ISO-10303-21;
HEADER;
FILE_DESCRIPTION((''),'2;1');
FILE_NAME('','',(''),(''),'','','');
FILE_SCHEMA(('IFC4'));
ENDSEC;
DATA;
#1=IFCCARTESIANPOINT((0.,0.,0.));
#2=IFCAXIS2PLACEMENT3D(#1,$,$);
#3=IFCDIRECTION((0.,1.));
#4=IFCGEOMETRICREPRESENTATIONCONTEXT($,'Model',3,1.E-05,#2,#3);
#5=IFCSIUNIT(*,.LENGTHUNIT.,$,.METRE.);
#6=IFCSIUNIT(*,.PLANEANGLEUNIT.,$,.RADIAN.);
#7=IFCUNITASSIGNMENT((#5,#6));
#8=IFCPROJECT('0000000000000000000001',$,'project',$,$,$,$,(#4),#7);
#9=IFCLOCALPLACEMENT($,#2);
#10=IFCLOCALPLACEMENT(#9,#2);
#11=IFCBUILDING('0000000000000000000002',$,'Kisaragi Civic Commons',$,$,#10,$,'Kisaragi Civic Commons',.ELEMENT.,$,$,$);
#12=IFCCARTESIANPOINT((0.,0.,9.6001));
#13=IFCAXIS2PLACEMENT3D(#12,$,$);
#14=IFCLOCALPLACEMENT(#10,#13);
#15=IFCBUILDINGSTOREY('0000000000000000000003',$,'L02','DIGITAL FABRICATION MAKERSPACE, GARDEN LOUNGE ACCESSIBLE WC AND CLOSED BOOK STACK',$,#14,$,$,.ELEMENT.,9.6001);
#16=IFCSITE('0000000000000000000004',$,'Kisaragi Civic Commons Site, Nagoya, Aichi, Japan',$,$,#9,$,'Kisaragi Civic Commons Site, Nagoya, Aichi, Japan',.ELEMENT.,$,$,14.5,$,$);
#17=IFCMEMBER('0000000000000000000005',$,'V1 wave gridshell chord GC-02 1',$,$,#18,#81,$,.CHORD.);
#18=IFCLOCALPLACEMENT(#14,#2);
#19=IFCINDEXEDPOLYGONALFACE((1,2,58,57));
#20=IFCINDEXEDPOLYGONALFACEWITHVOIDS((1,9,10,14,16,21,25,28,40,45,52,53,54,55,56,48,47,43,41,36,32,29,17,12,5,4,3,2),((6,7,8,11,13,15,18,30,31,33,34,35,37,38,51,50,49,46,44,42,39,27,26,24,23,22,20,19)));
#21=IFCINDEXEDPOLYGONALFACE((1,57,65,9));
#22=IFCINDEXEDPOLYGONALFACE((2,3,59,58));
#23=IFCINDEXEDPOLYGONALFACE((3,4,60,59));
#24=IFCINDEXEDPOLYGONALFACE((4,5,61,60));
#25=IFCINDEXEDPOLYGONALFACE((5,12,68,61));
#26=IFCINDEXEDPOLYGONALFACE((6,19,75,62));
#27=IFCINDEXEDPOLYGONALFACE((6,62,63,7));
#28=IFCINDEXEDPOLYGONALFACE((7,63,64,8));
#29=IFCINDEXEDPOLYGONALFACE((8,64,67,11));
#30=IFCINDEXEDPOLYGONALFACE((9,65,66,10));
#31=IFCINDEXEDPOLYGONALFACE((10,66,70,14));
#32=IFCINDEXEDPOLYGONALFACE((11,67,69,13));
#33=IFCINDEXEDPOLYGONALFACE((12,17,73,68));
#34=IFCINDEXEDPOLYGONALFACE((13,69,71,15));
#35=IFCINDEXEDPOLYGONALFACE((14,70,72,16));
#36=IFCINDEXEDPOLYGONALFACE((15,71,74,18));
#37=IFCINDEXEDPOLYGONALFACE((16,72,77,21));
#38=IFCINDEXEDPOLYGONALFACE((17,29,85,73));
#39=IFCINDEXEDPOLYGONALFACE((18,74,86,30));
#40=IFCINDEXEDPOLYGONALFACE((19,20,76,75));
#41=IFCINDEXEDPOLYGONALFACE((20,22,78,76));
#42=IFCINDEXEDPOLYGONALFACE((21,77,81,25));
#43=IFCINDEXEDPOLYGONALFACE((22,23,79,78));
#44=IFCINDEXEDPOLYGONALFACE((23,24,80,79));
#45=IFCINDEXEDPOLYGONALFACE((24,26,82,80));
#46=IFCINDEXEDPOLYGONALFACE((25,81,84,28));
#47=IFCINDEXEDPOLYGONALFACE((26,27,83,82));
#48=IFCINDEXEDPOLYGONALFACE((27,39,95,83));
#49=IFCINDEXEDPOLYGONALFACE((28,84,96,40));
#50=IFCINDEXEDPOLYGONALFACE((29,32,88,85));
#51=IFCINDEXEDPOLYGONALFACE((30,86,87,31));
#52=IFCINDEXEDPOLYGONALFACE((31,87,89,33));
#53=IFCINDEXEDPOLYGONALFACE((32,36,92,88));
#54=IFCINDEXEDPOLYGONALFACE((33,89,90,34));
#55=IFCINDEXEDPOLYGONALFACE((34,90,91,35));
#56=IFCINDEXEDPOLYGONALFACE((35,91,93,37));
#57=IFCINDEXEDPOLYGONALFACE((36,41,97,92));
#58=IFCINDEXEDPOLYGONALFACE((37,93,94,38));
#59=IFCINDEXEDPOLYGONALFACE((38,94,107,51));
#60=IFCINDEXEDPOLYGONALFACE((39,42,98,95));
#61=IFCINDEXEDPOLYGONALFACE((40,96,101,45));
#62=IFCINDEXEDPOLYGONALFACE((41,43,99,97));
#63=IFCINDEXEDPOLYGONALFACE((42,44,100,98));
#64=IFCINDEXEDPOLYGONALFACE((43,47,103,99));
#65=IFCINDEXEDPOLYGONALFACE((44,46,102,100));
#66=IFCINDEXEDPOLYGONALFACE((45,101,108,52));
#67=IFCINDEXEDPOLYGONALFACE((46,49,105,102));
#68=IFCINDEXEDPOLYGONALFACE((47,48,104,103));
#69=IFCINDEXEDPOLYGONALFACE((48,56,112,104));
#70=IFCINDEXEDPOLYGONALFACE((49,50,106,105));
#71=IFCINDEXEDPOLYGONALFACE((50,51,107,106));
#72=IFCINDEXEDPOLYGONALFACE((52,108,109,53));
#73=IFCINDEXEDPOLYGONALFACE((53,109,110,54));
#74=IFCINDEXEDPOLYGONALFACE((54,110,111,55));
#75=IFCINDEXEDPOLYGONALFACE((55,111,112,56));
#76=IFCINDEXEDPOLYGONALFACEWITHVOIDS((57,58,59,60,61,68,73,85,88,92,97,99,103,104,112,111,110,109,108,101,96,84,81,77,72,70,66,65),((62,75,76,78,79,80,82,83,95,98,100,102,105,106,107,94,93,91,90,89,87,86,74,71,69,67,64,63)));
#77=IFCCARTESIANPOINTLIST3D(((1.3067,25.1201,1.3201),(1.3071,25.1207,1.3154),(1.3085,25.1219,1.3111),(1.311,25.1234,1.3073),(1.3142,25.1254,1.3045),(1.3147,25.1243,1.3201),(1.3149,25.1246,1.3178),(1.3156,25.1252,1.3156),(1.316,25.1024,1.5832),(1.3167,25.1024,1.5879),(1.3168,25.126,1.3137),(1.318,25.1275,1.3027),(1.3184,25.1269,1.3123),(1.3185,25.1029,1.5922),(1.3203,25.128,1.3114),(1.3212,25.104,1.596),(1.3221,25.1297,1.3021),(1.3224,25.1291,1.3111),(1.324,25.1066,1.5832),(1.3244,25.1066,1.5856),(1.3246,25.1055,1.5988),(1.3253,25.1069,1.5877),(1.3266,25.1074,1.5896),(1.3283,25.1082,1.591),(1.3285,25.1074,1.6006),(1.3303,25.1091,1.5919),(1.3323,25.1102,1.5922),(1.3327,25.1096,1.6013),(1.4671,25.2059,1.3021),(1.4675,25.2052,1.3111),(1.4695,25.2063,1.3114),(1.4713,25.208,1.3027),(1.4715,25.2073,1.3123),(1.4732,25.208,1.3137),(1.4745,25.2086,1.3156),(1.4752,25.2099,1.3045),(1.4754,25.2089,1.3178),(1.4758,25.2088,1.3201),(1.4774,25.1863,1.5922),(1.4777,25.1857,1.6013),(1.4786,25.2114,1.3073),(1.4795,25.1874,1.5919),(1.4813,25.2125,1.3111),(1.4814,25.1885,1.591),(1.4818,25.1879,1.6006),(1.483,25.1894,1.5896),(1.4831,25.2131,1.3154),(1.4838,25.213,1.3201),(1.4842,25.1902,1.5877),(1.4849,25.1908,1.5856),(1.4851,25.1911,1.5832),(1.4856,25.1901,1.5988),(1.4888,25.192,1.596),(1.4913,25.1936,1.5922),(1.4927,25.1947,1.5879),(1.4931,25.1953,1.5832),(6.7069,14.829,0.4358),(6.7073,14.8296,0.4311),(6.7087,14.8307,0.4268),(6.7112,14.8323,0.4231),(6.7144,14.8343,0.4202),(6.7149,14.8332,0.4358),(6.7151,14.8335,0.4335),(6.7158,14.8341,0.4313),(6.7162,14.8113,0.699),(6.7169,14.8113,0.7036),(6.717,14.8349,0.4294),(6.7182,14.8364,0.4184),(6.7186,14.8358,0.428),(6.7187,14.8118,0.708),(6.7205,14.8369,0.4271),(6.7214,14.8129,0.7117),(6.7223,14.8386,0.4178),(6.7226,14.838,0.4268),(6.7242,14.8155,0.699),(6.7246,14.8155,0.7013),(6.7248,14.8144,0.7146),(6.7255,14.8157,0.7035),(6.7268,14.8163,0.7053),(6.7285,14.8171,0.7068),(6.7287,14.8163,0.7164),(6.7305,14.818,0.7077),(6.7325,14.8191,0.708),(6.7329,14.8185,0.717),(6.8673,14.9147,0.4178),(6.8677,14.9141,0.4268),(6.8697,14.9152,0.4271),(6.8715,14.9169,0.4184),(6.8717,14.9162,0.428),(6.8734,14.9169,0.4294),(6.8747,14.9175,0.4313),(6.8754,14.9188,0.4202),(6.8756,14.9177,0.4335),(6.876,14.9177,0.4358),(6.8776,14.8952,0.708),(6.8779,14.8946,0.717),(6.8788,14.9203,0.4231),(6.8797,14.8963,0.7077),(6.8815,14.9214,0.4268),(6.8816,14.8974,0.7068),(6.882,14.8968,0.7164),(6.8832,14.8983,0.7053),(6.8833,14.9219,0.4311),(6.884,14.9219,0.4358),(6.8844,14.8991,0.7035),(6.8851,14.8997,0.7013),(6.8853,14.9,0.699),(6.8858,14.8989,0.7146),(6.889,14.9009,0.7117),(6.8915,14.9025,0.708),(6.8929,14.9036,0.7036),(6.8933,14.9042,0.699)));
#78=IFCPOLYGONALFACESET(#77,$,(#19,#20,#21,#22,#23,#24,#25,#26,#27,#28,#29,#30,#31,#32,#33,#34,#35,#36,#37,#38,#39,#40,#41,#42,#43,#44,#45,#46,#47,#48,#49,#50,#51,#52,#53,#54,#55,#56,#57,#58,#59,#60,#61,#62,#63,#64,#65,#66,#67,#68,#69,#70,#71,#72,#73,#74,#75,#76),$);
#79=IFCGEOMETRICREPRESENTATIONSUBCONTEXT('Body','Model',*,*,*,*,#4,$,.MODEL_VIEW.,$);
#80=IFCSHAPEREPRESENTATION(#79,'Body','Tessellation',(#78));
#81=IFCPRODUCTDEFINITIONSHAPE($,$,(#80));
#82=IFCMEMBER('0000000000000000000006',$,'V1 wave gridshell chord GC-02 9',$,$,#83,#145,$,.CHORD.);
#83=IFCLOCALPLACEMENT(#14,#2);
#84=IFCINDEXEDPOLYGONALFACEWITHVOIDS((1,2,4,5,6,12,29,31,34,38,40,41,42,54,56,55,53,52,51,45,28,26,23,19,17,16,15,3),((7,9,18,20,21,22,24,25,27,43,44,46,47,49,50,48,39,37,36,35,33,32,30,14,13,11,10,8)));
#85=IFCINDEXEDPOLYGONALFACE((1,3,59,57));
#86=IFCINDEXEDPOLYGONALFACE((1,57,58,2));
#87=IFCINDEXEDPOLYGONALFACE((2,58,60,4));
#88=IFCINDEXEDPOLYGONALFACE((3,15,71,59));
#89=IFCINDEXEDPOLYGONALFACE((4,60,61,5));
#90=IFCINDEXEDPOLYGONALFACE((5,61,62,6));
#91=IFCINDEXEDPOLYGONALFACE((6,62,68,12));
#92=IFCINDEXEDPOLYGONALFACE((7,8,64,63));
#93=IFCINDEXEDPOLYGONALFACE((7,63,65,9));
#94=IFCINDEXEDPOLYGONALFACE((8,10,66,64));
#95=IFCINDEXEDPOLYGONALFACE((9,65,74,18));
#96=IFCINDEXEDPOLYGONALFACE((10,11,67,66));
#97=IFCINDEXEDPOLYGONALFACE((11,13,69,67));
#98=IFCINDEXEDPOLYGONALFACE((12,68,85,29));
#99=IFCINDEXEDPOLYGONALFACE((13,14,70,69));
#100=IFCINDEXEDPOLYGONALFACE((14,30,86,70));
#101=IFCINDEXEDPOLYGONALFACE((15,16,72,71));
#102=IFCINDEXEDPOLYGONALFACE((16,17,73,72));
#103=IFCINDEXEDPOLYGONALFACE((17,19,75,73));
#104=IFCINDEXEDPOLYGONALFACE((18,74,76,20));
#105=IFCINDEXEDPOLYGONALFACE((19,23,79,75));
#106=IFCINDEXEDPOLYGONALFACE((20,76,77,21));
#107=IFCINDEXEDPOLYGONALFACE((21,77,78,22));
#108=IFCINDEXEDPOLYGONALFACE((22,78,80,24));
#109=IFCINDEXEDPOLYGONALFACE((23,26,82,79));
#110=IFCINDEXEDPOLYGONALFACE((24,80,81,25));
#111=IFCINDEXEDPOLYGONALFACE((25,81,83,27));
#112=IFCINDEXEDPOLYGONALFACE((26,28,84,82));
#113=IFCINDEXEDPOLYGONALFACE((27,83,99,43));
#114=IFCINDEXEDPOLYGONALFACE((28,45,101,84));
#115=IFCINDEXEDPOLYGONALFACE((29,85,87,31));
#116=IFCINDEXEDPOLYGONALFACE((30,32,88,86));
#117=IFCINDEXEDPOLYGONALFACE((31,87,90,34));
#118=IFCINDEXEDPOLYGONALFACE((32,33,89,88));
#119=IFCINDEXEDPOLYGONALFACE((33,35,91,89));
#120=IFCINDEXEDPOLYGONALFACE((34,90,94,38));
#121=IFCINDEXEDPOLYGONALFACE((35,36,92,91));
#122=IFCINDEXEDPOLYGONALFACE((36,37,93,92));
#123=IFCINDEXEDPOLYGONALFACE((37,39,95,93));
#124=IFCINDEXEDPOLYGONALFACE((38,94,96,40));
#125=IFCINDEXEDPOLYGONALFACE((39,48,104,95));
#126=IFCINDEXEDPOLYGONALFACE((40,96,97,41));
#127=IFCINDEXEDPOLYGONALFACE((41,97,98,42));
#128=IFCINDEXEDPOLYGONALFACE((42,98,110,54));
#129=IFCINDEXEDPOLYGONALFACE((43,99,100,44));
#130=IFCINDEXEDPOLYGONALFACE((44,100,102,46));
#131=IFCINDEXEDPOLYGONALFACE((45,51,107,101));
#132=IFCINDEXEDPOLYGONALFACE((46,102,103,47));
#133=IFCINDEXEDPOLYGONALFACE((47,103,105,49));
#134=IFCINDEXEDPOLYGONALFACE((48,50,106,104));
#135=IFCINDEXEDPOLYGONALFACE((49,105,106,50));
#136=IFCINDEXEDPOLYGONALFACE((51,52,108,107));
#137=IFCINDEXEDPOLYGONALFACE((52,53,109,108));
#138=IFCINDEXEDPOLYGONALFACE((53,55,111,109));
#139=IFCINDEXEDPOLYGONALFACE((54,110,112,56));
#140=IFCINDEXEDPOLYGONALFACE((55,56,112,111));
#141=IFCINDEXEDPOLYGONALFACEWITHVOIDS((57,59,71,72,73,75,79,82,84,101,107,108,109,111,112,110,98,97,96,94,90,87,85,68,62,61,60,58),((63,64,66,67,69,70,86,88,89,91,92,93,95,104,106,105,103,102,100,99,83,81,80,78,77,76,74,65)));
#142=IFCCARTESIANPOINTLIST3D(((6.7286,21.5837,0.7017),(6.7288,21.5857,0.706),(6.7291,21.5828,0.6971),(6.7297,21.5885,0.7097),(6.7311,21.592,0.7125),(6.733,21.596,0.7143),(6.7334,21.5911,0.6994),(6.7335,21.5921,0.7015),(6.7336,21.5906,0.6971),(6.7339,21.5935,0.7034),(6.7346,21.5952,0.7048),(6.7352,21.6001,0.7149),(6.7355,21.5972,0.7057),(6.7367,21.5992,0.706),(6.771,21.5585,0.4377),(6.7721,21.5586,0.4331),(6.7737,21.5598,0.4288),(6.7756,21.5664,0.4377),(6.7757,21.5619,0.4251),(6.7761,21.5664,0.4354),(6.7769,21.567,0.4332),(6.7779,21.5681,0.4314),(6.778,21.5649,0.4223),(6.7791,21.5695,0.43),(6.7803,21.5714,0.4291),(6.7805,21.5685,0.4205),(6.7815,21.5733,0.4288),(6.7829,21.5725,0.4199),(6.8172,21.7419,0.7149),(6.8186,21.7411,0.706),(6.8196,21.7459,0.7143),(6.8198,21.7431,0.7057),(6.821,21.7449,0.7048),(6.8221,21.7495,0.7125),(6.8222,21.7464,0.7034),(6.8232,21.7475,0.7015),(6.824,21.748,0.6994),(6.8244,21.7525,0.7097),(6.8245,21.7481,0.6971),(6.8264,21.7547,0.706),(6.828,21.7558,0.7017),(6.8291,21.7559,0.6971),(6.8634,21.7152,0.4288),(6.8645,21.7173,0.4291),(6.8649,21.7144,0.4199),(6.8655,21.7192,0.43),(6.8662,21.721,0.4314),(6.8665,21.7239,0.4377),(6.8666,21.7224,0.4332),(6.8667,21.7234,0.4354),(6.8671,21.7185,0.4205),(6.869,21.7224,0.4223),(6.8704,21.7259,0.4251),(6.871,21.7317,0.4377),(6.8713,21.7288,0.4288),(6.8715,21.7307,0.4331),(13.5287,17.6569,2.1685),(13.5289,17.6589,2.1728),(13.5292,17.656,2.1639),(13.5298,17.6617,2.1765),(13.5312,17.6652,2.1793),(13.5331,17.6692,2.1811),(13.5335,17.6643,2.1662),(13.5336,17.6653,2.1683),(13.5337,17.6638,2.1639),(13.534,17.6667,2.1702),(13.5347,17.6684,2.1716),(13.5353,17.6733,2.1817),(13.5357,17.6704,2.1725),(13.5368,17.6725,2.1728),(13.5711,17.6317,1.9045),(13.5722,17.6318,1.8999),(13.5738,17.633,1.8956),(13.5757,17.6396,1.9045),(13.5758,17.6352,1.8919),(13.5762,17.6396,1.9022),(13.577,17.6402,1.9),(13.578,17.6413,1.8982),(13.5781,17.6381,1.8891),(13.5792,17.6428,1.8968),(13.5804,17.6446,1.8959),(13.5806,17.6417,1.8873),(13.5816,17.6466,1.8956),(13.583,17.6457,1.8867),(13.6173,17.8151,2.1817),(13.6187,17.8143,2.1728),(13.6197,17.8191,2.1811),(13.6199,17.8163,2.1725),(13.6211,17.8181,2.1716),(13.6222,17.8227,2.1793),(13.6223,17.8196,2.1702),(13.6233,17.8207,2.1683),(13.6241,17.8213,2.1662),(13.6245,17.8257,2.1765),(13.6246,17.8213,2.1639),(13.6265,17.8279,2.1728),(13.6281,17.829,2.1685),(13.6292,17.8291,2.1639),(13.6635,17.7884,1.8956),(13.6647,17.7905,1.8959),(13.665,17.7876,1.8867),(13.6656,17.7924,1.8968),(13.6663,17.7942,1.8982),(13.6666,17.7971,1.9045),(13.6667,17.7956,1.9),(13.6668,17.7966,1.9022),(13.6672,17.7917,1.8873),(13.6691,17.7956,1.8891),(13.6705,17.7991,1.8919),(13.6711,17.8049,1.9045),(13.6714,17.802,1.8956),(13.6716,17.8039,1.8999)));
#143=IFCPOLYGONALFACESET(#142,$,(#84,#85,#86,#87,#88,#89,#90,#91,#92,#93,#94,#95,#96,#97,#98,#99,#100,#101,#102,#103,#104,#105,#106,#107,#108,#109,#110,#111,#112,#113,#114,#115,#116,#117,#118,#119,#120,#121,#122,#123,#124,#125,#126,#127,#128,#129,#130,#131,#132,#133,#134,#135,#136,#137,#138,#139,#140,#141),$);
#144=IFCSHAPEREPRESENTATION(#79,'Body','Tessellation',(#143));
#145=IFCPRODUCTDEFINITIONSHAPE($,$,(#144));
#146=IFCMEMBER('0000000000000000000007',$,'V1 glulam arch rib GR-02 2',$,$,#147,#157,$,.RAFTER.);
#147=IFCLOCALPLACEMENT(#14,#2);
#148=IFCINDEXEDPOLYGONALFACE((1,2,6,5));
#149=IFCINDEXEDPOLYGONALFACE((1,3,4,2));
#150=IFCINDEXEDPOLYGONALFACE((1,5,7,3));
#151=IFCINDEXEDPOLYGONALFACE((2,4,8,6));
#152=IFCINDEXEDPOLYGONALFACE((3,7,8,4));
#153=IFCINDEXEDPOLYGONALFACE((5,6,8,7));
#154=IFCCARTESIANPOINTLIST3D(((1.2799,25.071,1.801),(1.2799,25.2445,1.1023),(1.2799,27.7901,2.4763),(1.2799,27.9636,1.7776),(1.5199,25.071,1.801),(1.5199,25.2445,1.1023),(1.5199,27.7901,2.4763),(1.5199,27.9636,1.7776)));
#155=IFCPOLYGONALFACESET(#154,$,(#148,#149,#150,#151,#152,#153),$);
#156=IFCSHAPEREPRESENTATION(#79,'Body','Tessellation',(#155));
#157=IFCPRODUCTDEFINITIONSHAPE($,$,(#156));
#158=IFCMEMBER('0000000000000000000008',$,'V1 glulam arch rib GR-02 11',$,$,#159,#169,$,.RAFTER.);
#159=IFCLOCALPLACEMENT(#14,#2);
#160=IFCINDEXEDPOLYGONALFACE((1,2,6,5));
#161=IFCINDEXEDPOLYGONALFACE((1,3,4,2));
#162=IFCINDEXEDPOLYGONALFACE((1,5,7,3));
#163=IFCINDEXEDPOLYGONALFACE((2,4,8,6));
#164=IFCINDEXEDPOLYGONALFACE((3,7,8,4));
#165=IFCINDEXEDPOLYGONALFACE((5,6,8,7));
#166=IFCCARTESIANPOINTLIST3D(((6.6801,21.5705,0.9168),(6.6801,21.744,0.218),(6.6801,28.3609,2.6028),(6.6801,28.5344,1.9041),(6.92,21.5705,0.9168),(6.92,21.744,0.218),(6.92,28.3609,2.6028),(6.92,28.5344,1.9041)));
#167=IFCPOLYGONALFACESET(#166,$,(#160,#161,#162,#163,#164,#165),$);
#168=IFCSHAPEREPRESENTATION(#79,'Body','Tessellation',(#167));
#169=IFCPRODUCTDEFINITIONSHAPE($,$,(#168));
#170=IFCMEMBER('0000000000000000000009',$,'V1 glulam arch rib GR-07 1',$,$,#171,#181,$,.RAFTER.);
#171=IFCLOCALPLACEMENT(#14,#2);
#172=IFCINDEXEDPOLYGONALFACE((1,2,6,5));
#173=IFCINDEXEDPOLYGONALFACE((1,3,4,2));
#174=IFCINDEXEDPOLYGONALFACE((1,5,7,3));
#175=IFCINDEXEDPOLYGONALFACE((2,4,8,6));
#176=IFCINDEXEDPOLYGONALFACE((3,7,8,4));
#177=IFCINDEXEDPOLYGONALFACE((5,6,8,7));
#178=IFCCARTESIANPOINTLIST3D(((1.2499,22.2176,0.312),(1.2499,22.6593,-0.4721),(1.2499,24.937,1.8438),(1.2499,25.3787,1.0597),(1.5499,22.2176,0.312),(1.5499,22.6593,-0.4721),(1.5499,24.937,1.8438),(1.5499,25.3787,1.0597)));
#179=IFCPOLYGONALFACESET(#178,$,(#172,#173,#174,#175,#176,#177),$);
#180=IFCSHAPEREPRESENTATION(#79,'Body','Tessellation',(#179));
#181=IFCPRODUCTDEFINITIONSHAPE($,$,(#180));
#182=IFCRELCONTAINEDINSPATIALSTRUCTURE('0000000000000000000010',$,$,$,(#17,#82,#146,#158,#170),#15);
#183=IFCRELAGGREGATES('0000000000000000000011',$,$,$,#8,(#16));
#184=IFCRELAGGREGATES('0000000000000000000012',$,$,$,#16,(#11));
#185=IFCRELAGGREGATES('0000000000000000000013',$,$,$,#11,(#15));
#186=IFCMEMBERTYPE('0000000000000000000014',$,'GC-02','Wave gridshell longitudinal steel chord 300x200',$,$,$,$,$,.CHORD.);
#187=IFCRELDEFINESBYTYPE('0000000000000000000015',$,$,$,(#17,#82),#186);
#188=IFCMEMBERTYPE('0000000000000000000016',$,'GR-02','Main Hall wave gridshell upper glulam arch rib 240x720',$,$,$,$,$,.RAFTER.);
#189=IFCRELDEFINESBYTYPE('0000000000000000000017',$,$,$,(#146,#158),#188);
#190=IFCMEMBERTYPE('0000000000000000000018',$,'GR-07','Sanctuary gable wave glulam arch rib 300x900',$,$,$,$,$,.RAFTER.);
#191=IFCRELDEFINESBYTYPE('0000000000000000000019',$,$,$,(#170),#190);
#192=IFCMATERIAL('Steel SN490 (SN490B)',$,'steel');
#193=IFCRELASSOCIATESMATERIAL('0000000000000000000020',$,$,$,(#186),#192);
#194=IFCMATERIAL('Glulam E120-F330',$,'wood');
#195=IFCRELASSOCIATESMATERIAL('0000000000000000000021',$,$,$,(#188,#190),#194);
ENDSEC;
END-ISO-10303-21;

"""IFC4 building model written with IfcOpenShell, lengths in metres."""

from ifc_helpers import new_model, si_unit, direction, frame, origin, origin_2d, place, context, subcontext, project, spatial, rectangle, hollow_rectangle, extrude, material, material_profile, profile_set, type_object, element, save


model = new_model("IFC4")

# Units and contexts
model_context = context("Model", 3, precision=1e-05, world=origin(), true_north=direction((0.0, 1.0)))
body_context = subcontext(model_context, "Body", "Model", "MODEL_VIEW")
ifc_project = project(units=[si_unit("LENGTHUNIT", "METRE"), si_unit("PLANEANGLEUNIT", "RADIAN")], contexts=[model_context])

# Site, building, storey
site_placement = place(None, origin())
site = spatial("IfcSite", under=ifc_project, at=site_placement, Name="Kisaragi Civic Commons Site, Nagoya, Aichi, Japan", LongName="Kisaragi Civic Commons Site, Nagoya, Aichi, Japan", CompositionType="ELEMENT", RefElevation=14.5)
building_placement = place(site_placement, origin())
building = spatial("IfcBuilding", under=site, at=building_placement, Name="Kisaragi Civic Commons", LongName="Kisaragi Civic Commons", CompositionType="ELEMENT")
storey_placement = place(building_placement, frame((0.0, 0.0, 9.6001)))
storey = spatial("IfcBuildingStorey", under=building, at=storey_placement, Name="L02", Description="DIGITAL FABRICATION MAKERSPACE, GARDEN LOUNGE ACCESSIBLE WC AND CLOSED BOOK STACK", CompositionType="ELEMENT", Elevation=9.6001)

# Members
ifc_material_1 = material(Name="Steel SN490 (SN490B)", Category="steel")
ifc_material_profile_1 = material_profile(ifc_material_1, hollow_rectangle(XDim=0.2, YDim=0.3, WallThickness=0.009, InnerFilletRadius=0.009, OuterFilletRadius=0.0181, at=origin_2d()), Name="STKR-300x200x9", Category="steel")
ifc_profile_set_1 = profile_set([ifc_material_profile_1], Name="Steel SN490 (SN490B)")
member_type_1 = type_object("IfcMemberType", Name="GC-02", Description="Wave gridshell longitudinal steel chord 300x200", PredefinedType="CHORD", material=ifc_profile_set_1)
member_1_placement = place(storey_placement, frame((1.3999, 25.1577, 1.4517), z_axis=(0.463317, -0.882939, -0.075868), x_axis=(0.885491, 0.464656, 0.0)))
element("IfcMember", 1, at=member_1_placement, inside=storey, type_object=member_type_1, Name="V1 wave gridshell chord GC-02 1", PredefinedType="CHORD", context=body_context, shape_type="SweptSolid", body=[
    extrude(hollow_rectangle(XDim=0.2, YDim=0.3, WallThickness=0.009, InnerFilletRadius=0.009, OuterFilletRadius=0.0181, at=origin_2d()), origin(), (0.0, 0.0, 1.0), 11.6555),
])
member_2_placement = place(storey_placement, frame((6.8, 21.6572, 0.5674), z_axis=(0.85126, -0.491569, 0.18362), x_axis=(0.500071, 0.865984, 0.0)))
element("IfcMember", 2, at=member_2_placement, inside=storey, type_object=member_type_1, Name="V1 wave gridshell chord GC-02 9", PredefinedType="CHORD", context=body_context, shape_type="SweptSolid", body=[
    extrude(hollow_rectangle(XDim=0.2, YDim=0.3, WallThickness=0.009, InnerFilletRadius=0.009, OuterFilletRadius=0.0181, at=origin_2d()), origin(), (0.0, 0.0, 1.0), 7.9883),
])
ifc_material_2 = material(Name="Glulam E120-F330", Category="wood")
ifc_material_profile_2 = material_profile(ifc_material_2, rectangle(XDim=0.24, YDim=0.72, at=origin_2d()), Name="GL-240x720", Category="wood")
ifc_profile_set_2 = profile_set([ifc_material_profile_2], Name="Glulam E120-F330")
member_type_2 = type_object("IfcMemberType", Name="GR-02", Description="Main Hall wave gridshell upper glulam arch rib 240x720", PredefinedType="RAFTER", material=ifc_profile_set_2)
member_3_placement = place(storey_placement, frame((1.3999, 25.1577, 1.4517), z_axis=(0.0, 0.970521, 0.241018), x_axis=(-1.0, 0.0, 0.0)))
element("IfcMember", 3, at=member_3_placement, inside=storey, type_object=member_type_2, Name="V1 glulam arch rib GR-02 2", PredefinedType="RAFTER", context=body_context, shape_type="SweptSolid", body=[
    extrude(rectangle(XDim=0.24, YDim=0.72, at=origin_2d()), origin(), (0.0, 0.0, 1.0), 2.8018),
])
member_4_placement = place(storey_placement, frame((6.8, 21.6572, 0.5674), z_axis=(0.0, 0.970529, 0.240984), x_axis=(-1.0, 0.0, 0.0)))
element("IfcMember", 4, at=member_4_placement, inside=storey, type_object=member_type_2, Name="V1 glulam arch rib GR-02 11", PredefinedType="RAFTER", context=body_context, shape_type="SweptSolid", body=[
    extrude(rectangle(XDim=0.24, YDim=0.72, at=origin_2d()), origin(), (0.0, 0.0, 1.0), 6.9966),
])
ifc_material_profile_3 = material_profile(ifc_material_2, rectangle(XDim=0.3, YDim=0.8999, at=origin_2d()), Name="GL-300x900", Category="wood")
ifc_profile_set_3 = profile_set([ifc_material_profile_3], Name="Glulam E120-F330")
member_type_3 = type_object("IfcMemberType", Name="GR-07", Description="Sanctuary gable wave glulam arch rib 300x900", PredefinedType="RAFTER", material=ifc_profile_set_3)
member_5_placement = place(storey_placement, frame((1.3999, 22.4385, -0.0801), z_axis=(0.0, 0.871279, 0.490789), x_axis=(-1.0, 0.0, 0.0)))
element("IfcMember", 5, at=member_5_placement, inside=storey, type_object=member_type_3, Name="V1 glulam arch rib GR-07 1", PredefinedType="RAFTER", context=body_context, shape_type="SweptSolid", body=[
    extrude(rectangle(XDim=0.3, YDim=0.8999, at=origin_2d()), origin(), (0.0, 0.0, 1.0), 3.1211),
])

save(model, "model.ifc")
